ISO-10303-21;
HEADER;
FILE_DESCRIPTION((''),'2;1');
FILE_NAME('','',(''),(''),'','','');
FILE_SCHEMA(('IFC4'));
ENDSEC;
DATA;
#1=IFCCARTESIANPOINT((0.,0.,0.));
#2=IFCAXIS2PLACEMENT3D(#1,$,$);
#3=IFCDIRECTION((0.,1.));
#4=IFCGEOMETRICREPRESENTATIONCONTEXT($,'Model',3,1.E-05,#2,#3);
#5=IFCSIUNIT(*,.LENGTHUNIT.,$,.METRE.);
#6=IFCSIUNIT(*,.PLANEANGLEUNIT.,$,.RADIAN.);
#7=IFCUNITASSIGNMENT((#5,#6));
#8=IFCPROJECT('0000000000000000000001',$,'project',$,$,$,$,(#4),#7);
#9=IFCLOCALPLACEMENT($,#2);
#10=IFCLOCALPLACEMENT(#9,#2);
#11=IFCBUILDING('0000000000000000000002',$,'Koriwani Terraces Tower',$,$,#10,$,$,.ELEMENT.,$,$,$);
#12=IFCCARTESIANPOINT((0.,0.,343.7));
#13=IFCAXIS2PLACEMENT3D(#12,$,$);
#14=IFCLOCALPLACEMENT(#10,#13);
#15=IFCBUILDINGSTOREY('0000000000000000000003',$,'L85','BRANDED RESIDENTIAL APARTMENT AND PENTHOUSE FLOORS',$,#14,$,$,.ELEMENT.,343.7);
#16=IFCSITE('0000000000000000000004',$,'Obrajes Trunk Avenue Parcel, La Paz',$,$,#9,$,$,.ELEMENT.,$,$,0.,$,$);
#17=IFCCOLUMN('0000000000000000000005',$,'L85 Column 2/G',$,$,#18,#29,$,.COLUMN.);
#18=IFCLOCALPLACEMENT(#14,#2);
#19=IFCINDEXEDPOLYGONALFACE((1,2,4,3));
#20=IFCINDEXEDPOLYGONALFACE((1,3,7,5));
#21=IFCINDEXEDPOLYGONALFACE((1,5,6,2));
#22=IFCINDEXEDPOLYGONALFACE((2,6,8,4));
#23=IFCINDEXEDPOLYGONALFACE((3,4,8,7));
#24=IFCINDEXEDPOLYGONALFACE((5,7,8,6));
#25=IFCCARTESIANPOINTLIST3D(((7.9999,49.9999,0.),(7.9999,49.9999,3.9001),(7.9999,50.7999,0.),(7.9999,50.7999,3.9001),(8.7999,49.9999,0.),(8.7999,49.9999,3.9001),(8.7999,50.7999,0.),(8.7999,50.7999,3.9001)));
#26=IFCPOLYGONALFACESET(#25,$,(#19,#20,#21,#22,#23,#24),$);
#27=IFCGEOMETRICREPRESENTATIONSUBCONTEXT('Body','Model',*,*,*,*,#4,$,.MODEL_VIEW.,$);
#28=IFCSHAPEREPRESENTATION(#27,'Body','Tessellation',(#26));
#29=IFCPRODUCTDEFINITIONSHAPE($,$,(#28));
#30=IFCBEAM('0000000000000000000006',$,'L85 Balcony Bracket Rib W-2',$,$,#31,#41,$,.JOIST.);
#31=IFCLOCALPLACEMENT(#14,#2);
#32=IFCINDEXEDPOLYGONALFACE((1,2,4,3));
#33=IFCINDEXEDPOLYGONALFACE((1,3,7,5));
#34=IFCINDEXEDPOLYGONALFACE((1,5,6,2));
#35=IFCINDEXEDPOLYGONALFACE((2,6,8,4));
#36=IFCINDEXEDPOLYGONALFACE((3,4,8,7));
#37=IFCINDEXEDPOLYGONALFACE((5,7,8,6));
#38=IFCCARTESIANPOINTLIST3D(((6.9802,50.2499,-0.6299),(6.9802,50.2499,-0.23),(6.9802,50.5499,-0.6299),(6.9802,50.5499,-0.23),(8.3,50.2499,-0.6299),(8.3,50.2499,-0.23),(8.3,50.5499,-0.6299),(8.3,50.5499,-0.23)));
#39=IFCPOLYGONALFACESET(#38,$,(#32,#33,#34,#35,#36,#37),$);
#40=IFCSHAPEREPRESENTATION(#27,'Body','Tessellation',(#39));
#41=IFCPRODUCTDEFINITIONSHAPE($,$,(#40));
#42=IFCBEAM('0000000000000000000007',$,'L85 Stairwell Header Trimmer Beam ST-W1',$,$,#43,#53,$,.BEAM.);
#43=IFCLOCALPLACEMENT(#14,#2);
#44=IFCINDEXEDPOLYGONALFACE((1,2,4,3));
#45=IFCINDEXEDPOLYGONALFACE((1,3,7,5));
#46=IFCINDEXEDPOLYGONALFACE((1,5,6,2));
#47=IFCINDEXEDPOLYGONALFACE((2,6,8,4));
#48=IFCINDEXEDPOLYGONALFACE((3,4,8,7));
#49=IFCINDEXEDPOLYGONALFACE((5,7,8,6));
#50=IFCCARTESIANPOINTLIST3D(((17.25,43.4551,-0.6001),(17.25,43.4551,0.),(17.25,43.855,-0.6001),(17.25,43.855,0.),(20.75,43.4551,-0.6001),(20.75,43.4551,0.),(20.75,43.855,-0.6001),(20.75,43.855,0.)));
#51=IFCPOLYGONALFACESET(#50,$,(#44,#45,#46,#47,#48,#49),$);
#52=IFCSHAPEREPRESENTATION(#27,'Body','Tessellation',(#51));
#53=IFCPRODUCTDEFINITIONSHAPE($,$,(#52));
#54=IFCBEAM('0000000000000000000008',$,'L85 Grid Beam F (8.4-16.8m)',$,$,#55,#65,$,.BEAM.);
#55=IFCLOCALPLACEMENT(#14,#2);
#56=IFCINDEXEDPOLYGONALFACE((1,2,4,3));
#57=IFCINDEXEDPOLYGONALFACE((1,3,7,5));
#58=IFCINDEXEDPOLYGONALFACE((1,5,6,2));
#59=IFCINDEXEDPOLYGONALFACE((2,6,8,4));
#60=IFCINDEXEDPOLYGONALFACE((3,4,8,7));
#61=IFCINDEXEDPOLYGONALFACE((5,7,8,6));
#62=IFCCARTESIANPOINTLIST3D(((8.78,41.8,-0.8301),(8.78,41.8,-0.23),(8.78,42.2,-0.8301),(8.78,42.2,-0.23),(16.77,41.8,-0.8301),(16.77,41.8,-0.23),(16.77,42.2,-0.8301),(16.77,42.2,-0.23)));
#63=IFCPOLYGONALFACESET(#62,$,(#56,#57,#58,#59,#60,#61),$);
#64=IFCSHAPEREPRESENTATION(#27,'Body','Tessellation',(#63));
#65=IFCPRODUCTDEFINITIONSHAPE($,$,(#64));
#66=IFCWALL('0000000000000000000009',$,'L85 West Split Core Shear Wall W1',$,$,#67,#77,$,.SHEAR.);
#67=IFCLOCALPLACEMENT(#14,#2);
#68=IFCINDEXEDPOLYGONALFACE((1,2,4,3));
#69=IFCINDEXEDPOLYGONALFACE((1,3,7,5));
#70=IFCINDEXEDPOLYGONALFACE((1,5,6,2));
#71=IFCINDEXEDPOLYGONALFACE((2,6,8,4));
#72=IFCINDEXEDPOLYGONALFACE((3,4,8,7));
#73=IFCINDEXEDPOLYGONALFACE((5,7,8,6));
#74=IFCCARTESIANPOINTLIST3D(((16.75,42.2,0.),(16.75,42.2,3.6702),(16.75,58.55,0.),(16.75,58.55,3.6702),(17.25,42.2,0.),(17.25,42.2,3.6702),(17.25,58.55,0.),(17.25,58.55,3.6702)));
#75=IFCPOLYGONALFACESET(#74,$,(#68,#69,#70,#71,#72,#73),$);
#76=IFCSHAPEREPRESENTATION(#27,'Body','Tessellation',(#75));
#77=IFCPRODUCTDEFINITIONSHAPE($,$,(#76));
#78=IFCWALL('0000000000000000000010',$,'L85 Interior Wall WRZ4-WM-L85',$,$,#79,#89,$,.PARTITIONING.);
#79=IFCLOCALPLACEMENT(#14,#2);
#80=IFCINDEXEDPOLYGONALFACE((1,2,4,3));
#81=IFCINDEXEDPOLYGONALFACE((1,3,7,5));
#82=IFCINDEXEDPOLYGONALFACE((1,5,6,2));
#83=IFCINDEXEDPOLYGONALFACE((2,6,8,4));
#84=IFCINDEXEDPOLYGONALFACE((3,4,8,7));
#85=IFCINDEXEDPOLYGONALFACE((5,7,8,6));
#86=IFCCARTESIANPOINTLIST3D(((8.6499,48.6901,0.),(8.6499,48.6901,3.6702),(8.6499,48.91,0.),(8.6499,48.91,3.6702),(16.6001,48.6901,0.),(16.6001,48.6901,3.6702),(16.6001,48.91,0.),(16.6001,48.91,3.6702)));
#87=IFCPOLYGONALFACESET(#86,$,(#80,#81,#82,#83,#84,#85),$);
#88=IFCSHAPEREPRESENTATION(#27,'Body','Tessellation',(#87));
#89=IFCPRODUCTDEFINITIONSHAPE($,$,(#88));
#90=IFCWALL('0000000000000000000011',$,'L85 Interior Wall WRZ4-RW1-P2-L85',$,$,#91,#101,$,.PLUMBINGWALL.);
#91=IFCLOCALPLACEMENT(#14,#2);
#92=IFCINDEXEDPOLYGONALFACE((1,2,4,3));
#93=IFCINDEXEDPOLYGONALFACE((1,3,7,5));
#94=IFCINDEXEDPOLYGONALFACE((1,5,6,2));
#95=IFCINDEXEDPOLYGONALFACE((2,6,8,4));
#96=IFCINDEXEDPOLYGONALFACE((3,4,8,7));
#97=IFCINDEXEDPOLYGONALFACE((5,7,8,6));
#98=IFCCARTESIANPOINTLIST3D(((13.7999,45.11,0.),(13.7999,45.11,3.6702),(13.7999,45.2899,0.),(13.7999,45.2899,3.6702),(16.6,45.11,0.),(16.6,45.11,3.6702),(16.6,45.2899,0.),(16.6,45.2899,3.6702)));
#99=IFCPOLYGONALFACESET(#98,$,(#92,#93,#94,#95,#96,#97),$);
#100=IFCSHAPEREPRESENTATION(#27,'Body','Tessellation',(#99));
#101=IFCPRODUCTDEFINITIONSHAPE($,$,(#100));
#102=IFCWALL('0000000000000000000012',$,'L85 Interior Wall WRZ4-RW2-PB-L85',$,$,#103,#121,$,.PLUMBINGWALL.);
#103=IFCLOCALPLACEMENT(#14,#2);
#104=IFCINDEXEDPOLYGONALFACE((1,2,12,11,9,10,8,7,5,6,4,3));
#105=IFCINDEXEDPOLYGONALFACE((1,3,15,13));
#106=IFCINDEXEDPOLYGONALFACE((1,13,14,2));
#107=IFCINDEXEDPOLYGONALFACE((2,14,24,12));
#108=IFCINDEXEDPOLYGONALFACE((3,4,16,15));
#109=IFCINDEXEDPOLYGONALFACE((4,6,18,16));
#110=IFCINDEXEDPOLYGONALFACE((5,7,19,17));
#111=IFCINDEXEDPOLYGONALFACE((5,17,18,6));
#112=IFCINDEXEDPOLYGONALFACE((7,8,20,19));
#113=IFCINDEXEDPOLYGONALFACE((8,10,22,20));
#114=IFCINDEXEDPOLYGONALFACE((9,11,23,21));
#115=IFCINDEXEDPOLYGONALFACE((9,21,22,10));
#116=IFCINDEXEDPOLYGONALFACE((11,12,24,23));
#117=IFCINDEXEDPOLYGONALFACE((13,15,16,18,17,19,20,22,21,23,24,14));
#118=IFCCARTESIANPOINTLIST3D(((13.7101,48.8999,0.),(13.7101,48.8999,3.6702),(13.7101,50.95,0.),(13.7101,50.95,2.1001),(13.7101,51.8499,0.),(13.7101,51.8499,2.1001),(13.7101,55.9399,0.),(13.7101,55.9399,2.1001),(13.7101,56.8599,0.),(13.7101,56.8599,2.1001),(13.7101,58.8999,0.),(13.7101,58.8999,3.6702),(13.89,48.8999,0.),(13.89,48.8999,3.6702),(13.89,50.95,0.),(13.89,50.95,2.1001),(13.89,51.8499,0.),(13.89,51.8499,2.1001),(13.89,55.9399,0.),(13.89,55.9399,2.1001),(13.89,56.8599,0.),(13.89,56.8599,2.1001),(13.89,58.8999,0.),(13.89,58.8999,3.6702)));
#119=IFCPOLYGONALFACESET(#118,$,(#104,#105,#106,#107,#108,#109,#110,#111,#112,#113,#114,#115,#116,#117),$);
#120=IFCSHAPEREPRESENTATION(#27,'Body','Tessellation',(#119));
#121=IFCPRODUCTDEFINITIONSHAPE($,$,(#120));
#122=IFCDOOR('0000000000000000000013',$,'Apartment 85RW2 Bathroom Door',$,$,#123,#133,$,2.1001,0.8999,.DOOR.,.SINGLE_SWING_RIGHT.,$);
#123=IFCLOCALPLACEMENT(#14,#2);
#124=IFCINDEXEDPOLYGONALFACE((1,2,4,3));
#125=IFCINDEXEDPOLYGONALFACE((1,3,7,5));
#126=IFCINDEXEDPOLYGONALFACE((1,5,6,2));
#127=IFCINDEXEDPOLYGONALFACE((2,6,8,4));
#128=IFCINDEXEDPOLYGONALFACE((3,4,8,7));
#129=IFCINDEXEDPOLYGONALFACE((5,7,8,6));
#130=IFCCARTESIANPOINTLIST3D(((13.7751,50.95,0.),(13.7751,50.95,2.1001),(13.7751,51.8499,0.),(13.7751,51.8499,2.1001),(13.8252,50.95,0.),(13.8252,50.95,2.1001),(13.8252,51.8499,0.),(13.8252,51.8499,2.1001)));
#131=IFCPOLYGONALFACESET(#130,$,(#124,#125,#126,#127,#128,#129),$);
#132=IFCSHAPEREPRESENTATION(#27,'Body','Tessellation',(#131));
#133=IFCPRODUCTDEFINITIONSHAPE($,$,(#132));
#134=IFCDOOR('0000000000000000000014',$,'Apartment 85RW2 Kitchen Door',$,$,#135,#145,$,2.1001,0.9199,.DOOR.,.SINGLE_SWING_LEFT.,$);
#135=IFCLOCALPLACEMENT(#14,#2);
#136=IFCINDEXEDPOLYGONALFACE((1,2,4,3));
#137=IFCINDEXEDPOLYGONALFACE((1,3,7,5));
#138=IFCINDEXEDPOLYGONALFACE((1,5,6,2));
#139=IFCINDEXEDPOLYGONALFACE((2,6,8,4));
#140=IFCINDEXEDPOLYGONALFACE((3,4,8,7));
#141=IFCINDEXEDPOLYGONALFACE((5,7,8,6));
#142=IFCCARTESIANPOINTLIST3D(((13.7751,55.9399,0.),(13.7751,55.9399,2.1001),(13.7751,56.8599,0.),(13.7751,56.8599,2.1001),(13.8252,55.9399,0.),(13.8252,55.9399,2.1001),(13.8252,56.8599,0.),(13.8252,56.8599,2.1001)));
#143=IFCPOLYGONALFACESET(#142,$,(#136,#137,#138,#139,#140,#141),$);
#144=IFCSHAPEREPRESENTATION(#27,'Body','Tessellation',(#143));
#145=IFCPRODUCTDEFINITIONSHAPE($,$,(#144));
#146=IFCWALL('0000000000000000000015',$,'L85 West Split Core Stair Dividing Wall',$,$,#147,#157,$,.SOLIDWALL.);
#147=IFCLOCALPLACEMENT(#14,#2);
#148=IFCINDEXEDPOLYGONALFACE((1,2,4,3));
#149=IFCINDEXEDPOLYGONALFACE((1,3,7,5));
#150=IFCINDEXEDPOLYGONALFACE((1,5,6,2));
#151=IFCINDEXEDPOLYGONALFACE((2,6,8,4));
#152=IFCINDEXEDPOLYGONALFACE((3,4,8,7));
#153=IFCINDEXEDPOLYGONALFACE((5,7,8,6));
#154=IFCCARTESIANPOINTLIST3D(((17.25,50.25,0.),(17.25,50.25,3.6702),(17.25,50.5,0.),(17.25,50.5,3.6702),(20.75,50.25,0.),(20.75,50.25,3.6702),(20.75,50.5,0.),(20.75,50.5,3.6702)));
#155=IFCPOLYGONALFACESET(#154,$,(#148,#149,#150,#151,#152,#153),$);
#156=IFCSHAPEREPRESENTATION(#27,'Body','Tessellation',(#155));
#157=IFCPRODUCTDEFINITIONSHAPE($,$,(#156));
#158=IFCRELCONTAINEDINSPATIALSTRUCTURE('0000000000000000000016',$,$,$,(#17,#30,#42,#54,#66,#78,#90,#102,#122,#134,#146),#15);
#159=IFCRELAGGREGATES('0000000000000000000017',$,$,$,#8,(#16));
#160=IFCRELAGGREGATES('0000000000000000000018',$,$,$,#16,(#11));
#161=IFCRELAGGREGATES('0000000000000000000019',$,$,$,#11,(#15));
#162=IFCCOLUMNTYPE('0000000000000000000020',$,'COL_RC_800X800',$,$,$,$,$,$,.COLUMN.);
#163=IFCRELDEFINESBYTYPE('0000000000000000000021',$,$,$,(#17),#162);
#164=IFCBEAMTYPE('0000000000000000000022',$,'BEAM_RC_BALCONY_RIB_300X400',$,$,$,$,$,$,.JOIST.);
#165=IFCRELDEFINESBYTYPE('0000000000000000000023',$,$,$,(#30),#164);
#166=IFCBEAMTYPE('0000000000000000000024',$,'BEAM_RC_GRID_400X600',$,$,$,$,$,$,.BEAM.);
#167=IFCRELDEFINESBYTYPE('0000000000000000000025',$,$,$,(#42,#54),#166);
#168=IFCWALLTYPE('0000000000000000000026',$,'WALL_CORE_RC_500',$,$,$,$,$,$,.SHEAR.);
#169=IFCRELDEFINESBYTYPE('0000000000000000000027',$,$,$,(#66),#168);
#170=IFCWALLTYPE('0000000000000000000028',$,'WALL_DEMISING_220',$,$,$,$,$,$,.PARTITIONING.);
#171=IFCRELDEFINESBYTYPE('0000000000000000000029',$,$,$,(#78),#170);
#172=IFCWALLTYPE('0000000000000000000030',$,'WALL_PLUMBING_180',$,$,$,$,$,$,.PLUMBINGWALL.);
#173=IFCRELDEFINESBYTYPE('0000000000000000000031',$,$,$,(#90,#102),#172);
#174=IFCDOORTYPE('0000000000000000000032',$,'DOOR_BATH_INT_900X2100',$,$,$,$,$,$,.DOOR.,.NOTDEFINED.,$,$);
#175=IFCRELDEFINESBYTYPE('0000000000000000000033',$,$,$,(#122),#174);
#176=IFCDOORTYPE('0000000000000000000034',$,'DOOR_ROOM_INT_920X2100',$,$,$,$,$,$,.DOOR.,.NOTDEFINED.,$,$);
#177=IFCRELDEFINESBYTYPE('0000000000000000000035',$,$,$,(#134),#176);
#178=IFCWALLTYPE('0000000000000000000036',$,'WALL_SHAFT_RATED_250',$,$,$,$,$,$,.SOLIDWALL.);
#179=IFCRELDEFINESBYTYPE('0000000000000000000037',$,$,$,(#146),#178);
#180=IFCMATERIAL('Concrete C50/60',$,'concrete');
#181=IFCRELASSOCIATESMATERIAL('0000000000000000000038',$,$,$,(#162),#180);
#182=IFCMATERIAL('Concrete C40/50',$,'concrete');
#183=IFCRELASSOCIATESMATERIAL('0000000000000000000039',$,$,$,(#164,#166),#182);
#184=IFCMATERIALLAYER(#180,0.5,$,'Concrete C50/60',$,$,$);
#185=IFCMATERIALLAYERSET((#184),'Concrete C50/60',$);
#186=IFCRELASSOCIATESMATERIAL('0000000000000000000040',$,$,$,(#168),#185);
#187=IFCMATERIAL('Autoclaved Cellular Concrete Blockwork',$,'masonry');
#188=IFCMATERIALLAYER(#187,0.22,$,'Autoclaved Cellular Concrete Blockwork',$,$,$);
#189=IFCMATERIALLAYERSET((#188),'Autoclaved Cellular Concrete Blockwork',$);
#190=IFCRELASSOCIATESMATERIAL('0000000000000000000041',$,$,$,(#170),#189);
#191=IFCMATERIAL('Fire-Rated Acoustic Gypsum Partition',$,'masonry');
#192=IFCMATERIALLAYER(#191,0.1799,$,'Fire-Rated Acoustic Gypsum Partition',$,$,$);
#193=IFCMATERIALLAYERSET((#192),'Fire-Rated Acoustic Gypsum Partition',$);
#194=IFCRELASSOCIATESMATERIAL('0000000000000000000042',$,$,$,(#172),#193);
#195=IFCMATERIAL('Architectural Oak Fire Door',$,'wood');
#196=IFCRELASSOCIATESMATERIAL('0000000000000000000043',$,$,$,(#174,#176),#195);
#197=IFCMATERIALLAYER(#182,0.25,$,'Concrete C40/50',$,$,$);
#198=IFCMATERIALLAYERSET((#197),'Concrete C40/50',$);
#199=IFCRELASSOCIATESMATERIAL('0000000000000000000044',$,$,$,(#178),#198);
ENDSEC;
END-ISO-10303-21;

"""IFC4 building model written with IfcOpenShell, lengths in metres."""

from ifc_helpers import new_model, si_unit, direction, frame, frame_2d, origin, origin_2d, place, context, subcontext, project, spatial, rectangle, extrude, material, layer, layer_set, material_profile, profile_set, type_object, element, fill, save


model = new_model("IFC4")

# Units and contexts
model_context = context("Model", 3, precision=1e-05, world=origin(), true_north=direction((0.0, 1.0)))
body_context = subcontext(model_context, "Body", "Model", "MODEL_VIEW")
ifc_project = project(units=[si_unit("LENGTHUNIT", "METRE"), si_unit("PLANEANGLEUNIT", "RADIAN")], contexts=[model_context])

# Site, building, storey
site_placement = place(None, origin())
site = spatial("IfcSite", under=ifc_project, at=site_placement, Name="Obrajes Trunk Avenue Parcel, La Paz", CompositionType="ELEMENT", RefElevation=0.0)
building_placement = place(site_placement, origin())
building = spatial("IfcBuilding", under=site, at=building_placement, Name="Koriwani Terraces Tower", CompositionType="ELEMENT")
storey_placement = place(building_placement, frame((0.0, 0.0, 343.7)))
storey = spatial("IfcBuildingStorey", under=building, at=storey_placement, Name="L85", Description="BRANDED RESIDENTIAL APARTMENT AND PENTHOUSE FLOORS", CompositionType="ELEMENT", Elevation=343.7)

# Column
ifc_material_1 = material(Name="Concrete C50/60", Category="concrete")
ifc_material_profile_1 = material_profile(ifc_material_1, rectangle(XDim=0.8, YDim=0.8, at=origin_2d()), Name="Concrete C50/60", Category="LoadBearing")
ifc_profile_set_1 = profile_set([ifc_material_profile_1], Name="Concrete C50/60")
column_type = type_object("IfcColumnType", Name="COL_RC_800X800", PredefinedType="COLUMN", material=ifc_profile_set_1)
column_placement = place(storey_placement, frame((8.3999, 50.3999, 0.0), z_axis=(0.0, 0.0, 1.0), x_axis=(1.0, 0.0, 0.0)))
element("IfcColumn", 1, at=column_placement, inside=storey, type_object=column_type, Name="L85 Column 2/G", PredefinedType="COLUMN", context=body_context, shape_type="SweptSolid", body=[
    extrude(rectangle(XDim=0.8, YDim=0.8, at=origin_2d()), origin(), (0.0, 0.0, 1.0), 3.9001),
])

# Beams
ifc_material_2 = material(Name="Concrete C40/50", Category="concrete")
ifc_material_profile_2 = material_profile(ifc_material_2, rectangle(XDim=0.3, YDim=0.3999, at=origin_2d()), Name="Concrete C40/50", Category="LoadBearing")
ifc_profile_set_2 = profile_set([ifc_material_profile_2], Name="Concrete C40/50")
beam_type_1 = type_object("IfcBeamType", Name="BEAM_RC_BALCONY_RIB_300X400", PredefinedType="JOIST", material=ifc_profile_set_2)
beam_1_placement = place(storey_placement, frame((6.9802, 50.3999, -0.4299), z_axis=(1.0, 0.0, 0.0), x_axis=(0.0, 1.0, 0.0)))
element("IfcBeam", 2, at=beam_1_placement, inside=storey, type_object=beam_type_1, Name="L85 Balcony Bracket Rib W-2", PredefinedType="JOIST", context=body_context, shape_type="SweptSolid", body=[
    extrude(rectangle(XDim=0.3, YDim=0.3999, at=origin_2d()), origin(), (0.0, 0.0, 1.0), 1.3198),
])
ifc_material_profile_3 = material_profile(ifc_material_2, rectangle(XDim=0.3999, YDim=0.6001, at=origin_2d()), Name="Concrete C40/50", Category="LoadBearing")
ifc_profile_set_3 = profile_set([ifc_material_profile_3], Name="Concrete C40/50")
beam_type_2 = type_object("IfcBeamType", Name="BEAM_RC_GRID_400X600", PredefinedType="BEAM", material=ifc_profile_set_3)
beam_2_placement = place(storey_placement, frame((17.25, 43.655, -0.3), z_axis=(1.0, 0.0, 0.0), x_axis=(0.0, 1.0, 0.0)))
element("IfcBeam", 3, at=beam_2_placement, inside=storey, type_object=beam_type_2, Name="L85 Stairwell Header Trimmer Beam ST-W1", PredefinedType="BEAM", context=body_context, shape_type="SweptSolid", body=[
    extrude(rectangle(XDim=0.3999, YDim=0.6001, at=origin_2d()), origin(), (0.0, 0.0, 1.0), 3.5),
])
beam_3_placement = place(storey_placement, frame((8.78, 42.0, -0.53), z_axis=(1.0, 0.0, 0.0), x_axis=(0.0, 1.0, 0.0)))
element("IfcBeam", 4, at=beam_3_placement, inside=storey, type_object=beam_type_2, Name="L85 Grid Beam F (8.4-16.8m)", PredefinedType="BEAM", context=body_context, shape_type="SweptSolid", body=[
    extrude(rectangle(XDim=0.3999, YDim=0.6001, at=origin_2d()), origin(), (0.0, 0.0, 1.0), 7.99),
])

# Walls
ifc_layer_1 = layer(ifc_material_1, 0.5, Name="Concrete C50/60")
ifc_layer_set_1 = layer_set([ifc_layer_1], Name="Concrete C50/60")
wall_type_1 = type_object("IfcWallType", Name="WALL_CORE_RC_500", PredefinedType="SHEAR", material=ifc_layer_set_1)
wall_1_placement = place(storey_placement, frame((17.0, 42.2, 0.0), z_axis=(0.0, 0.0, 1.0), x_axis=(0.0, 1.0, 0.0)))
element("IfcWall", 5, at=wall_1_placement, inside=storey, type_object=wall_type_1, Name="L85 West Split Core Shear Wall W1", PredefinedType="SHEAR", context=body_context, shape_type="SweptSolid", body=[
    extrude(rectangle(XDim=16.3501, YDim=0.5, at=frame_2d((8.175, 0.0))), origin(), (0.0, 0.0, 1.0), 3.6702),
])
ifc_material_3 = material(Name="Autoclaved Cellular Concrete Blockwork", Category="masonry")
ifc_layer_2 = layer(ifc_material_3, 0.22, Name="Autoclaved Cellular Concrete Blockwork")
ifc_layer_set_2 = layer_set([ifc_layer_2], Name="Autoclaved Cellular Concrete Blockwork")
wall_type_2 = type_object("IfcWallType", Name="WALL_DEMISING_220", PredefinedType="PARTITIONING", material=ifc_layer_set_2)
wall_2_placement = place(storey_placement, frame((8.6499, 48.8, 0.0), z_axis=(0.0, 0.0, 1.0), x_axis=(1.0, 0.0, 0.0)))
element("IfcWall", 6, at=wall_2_placement, inside=storey, type_object=wall_type_2, Name="L85 Interior Wall WRZ4-WM-L85", PredefinedType="PARTITIONING", context=body_context, shape_type="SweptSolid", body=[
    extrude(rectangle(XDim=7.9502, YDim=0.22, at=frame_2d((3.9751, 0.0))), origin(), (0.0, 0.0, 1.0), 3.6702),
])
ifc_material_4 = material(Name="Fire-Rated Acoustic Gypsum Partition", Category="masonry")
ifc_layer_3 = layer(ifc_material_4, 0.1799, Name="Fire-Rated Acoustic Gypsum Partition")
ifc_layer_set_3 = layer_set([ifc_layer_3], Name="Fire-Rated Acoustic Gypsum Partition")
wall_type_3 = type_object("IfcWallType", Name="WALL_PLUMBING_180", PredefinedType="PLUMBINGWALL", material=ifc_layer_set_3)
wall_3_placement = place(storey_placement, frame((13.8, 45.2, 0.0), z_axis=(0.0, 0.0, 1.0), x_axis=(1.0, 0.0, 0.0)))
element("IfcWall", 7, at=wall_3_placement, inside=storey, type_object=wall_type_3, Name="L85 Interior Wall WRZ4-RW1-P2-L85", PredefinedType="PLUMBINGWALL", context=body_context, shape_type="SweptSolid", body=[
    extrude(rectangle(XDim=2.8, YDim=0.1799, at=frame_2d((1.3999, 0.0))), origin(), (0.0, 0.0, 1.0), 3.6702),
])

# Wall, openings, doors
wall_4_placement = place(storey_placement, frame((13.8, 48.8999, 0.0), z_axis=(0.0, 0.0, 1.0), x_axis=(0.0, 1.0, 0.0)))
wall_4 = element("IfcWall", 8, at=wall_4_placement, inside=storey, type_object=wall_type_3, Name="L85 Interior Wall WRZ4-RW2-PB-L85", PredefinedType="PLUMBINGWALL", context=body_context, shape_type="SweptSolid", body=[
    extrude(rectangle(XDim=10.0, YDim=0.1799, at=frame_2d((5.0, 0.0))), origin(), (0.0, 0.0, 1.0), 3.6702),
])
opening_1_placement = place(wall_4_placement, frame((2.05, 0.0, 0.0)))
opening_1 = element("IfcOpeningElement", 9, at=opening_1_placement, cuts=wall_4, PredefinedType="OPENING", context=body_context, shape_type="SweptSolid", body=[
    extrude(rectangle(XDim=0.8999, YDim=2.1001, at=frame_2d((0.45, 1.05))), frame((0.0, 0.1001, 0.0), z_axis=(0.0, -1.0, 0.0), x_axis=(1.0, 0.0, 0.0)), (0.0, 0.0, 1.0), 0.2),
])
opening_2_placement = place(wall_4_placement, frame((7.04, 0.0, 0.0)))
opening_2 = element("IfcOpeningElement", 10, at=opening_2_placement, cuts=wall_4, PredefinedType="OPENING", context=body_context, shape_type="SweptSolid", body=[
    extrude(rectangle(XDim=0.9199, YDim=2.1001, at=frame_2d((0.46, 1.05))), frame((0.0, 0.1001, 0.0), z_axis=(0.0, -1.0, 0.0), x_axis=(1.0, 0.0, 0.0)), (0.0, 0.0, 1.0), 0.2),
])
ifc_material_5 = material(Name="Architectural Oak Fire Door", Category="wood")
door_type_1 = type_object("IfcDoorType", Name="DOOR_BATH_INT_900X2100", OperationType="NOTDEFINED", PredefinedType="DOOR", material=ifc_material_5)
door_1_placement = place(opening_1_placement, origin())
door_1 = element("IfcDoor", 11, at=door_1_placement, inside=storey, type_object=door_type_1, Name="Apartment 85RW2 Bathroom Door", OperationType="SINGLE_SWING_RIGHT", OverallHeight=2.1001, OverallWidth=0.8999, PredefinedType="DOOR", context=body_context, shape_type="SweptSolid", body=[
    extrude(rectangle(XDim=0.8999, YDim=2.1001, at=frame_2d((0.45, 1.05))), frame((0.0, 0.0249, 0.0), z_axis=(0.0, -1.0, 0.0), x_axis=(1.0, 0.0, 0.0)), (0.0, 0.0, 1.0), 0.05),
])
fill(opening_1, door_1)
door_type_2 = type_object("IfcDoorType", Name="DOOR_ROOM_INT_920X2100", OperationType="NOTDEFINED", PredefinedType="DOOR", material=ifc_material_5)
door_2_placement = place(opening_2_placement, origin())
door_2 = element("IfcDoor", 12, at=door_2_placement, inside=storey, type_object=door_type_2, Name="Apartment 85RW2 Kitchen Door", OperationType="SINGLE_SWING_LEFT", OverallHeight=2.1001, OverallWidth=0.9199, PredefinedType="DOOR", context=body_context, shape_type="SweptSolid", body=[
    extrude(rectangle(XDim=0.9199, YDim=2.1001, at=frame_2d((0.46, 1.05))), frame((0.0, 0.0249, 0.0), z_axis=(0.0, -1.0, 0.0), x_axis=(1.0, 0.0, 0.0)), (0.0, 0.0, 1.0), 0.05),
])
fill(opening_2, door_2)

# Wall
ifc_layer_4 = layer(ifc_material_2, 0.25, Name="Concrete C40/50")
ifc_layer_set_4 = layer_set([ifc_layer_4], Name="Concrete C40/50")
wall_type_4 = type_object("IfcWallType", Name="WALL_SHAFT_RATED_250", PredefinedType="SOLIDWALL", material=ifc_layer_set_4)
wall_5_placement = place(storey_placement, frame((17.25, 50.375, 0.0), z_axis=(0.0, 0.0, 1.0), x_axis=(1.0, 0.0, 0.0)))
element("IfcWall", 13, at=wall_5_placement, inside=storey, type_object=wall_type_4, Name="L85 West Split Core Stair Dividing Wall", PredefinedType="SOLIDWALL", context=body_context, shape_type="SweptSolid", body=[
    extrude(rectangle(XDim=3.5, YDim=0.25, at=frame_2d((1.75, 0.0))), origin(), (0.0, 0.0, 1.0), 3.6702),
])

save(model, "model.ifc")
